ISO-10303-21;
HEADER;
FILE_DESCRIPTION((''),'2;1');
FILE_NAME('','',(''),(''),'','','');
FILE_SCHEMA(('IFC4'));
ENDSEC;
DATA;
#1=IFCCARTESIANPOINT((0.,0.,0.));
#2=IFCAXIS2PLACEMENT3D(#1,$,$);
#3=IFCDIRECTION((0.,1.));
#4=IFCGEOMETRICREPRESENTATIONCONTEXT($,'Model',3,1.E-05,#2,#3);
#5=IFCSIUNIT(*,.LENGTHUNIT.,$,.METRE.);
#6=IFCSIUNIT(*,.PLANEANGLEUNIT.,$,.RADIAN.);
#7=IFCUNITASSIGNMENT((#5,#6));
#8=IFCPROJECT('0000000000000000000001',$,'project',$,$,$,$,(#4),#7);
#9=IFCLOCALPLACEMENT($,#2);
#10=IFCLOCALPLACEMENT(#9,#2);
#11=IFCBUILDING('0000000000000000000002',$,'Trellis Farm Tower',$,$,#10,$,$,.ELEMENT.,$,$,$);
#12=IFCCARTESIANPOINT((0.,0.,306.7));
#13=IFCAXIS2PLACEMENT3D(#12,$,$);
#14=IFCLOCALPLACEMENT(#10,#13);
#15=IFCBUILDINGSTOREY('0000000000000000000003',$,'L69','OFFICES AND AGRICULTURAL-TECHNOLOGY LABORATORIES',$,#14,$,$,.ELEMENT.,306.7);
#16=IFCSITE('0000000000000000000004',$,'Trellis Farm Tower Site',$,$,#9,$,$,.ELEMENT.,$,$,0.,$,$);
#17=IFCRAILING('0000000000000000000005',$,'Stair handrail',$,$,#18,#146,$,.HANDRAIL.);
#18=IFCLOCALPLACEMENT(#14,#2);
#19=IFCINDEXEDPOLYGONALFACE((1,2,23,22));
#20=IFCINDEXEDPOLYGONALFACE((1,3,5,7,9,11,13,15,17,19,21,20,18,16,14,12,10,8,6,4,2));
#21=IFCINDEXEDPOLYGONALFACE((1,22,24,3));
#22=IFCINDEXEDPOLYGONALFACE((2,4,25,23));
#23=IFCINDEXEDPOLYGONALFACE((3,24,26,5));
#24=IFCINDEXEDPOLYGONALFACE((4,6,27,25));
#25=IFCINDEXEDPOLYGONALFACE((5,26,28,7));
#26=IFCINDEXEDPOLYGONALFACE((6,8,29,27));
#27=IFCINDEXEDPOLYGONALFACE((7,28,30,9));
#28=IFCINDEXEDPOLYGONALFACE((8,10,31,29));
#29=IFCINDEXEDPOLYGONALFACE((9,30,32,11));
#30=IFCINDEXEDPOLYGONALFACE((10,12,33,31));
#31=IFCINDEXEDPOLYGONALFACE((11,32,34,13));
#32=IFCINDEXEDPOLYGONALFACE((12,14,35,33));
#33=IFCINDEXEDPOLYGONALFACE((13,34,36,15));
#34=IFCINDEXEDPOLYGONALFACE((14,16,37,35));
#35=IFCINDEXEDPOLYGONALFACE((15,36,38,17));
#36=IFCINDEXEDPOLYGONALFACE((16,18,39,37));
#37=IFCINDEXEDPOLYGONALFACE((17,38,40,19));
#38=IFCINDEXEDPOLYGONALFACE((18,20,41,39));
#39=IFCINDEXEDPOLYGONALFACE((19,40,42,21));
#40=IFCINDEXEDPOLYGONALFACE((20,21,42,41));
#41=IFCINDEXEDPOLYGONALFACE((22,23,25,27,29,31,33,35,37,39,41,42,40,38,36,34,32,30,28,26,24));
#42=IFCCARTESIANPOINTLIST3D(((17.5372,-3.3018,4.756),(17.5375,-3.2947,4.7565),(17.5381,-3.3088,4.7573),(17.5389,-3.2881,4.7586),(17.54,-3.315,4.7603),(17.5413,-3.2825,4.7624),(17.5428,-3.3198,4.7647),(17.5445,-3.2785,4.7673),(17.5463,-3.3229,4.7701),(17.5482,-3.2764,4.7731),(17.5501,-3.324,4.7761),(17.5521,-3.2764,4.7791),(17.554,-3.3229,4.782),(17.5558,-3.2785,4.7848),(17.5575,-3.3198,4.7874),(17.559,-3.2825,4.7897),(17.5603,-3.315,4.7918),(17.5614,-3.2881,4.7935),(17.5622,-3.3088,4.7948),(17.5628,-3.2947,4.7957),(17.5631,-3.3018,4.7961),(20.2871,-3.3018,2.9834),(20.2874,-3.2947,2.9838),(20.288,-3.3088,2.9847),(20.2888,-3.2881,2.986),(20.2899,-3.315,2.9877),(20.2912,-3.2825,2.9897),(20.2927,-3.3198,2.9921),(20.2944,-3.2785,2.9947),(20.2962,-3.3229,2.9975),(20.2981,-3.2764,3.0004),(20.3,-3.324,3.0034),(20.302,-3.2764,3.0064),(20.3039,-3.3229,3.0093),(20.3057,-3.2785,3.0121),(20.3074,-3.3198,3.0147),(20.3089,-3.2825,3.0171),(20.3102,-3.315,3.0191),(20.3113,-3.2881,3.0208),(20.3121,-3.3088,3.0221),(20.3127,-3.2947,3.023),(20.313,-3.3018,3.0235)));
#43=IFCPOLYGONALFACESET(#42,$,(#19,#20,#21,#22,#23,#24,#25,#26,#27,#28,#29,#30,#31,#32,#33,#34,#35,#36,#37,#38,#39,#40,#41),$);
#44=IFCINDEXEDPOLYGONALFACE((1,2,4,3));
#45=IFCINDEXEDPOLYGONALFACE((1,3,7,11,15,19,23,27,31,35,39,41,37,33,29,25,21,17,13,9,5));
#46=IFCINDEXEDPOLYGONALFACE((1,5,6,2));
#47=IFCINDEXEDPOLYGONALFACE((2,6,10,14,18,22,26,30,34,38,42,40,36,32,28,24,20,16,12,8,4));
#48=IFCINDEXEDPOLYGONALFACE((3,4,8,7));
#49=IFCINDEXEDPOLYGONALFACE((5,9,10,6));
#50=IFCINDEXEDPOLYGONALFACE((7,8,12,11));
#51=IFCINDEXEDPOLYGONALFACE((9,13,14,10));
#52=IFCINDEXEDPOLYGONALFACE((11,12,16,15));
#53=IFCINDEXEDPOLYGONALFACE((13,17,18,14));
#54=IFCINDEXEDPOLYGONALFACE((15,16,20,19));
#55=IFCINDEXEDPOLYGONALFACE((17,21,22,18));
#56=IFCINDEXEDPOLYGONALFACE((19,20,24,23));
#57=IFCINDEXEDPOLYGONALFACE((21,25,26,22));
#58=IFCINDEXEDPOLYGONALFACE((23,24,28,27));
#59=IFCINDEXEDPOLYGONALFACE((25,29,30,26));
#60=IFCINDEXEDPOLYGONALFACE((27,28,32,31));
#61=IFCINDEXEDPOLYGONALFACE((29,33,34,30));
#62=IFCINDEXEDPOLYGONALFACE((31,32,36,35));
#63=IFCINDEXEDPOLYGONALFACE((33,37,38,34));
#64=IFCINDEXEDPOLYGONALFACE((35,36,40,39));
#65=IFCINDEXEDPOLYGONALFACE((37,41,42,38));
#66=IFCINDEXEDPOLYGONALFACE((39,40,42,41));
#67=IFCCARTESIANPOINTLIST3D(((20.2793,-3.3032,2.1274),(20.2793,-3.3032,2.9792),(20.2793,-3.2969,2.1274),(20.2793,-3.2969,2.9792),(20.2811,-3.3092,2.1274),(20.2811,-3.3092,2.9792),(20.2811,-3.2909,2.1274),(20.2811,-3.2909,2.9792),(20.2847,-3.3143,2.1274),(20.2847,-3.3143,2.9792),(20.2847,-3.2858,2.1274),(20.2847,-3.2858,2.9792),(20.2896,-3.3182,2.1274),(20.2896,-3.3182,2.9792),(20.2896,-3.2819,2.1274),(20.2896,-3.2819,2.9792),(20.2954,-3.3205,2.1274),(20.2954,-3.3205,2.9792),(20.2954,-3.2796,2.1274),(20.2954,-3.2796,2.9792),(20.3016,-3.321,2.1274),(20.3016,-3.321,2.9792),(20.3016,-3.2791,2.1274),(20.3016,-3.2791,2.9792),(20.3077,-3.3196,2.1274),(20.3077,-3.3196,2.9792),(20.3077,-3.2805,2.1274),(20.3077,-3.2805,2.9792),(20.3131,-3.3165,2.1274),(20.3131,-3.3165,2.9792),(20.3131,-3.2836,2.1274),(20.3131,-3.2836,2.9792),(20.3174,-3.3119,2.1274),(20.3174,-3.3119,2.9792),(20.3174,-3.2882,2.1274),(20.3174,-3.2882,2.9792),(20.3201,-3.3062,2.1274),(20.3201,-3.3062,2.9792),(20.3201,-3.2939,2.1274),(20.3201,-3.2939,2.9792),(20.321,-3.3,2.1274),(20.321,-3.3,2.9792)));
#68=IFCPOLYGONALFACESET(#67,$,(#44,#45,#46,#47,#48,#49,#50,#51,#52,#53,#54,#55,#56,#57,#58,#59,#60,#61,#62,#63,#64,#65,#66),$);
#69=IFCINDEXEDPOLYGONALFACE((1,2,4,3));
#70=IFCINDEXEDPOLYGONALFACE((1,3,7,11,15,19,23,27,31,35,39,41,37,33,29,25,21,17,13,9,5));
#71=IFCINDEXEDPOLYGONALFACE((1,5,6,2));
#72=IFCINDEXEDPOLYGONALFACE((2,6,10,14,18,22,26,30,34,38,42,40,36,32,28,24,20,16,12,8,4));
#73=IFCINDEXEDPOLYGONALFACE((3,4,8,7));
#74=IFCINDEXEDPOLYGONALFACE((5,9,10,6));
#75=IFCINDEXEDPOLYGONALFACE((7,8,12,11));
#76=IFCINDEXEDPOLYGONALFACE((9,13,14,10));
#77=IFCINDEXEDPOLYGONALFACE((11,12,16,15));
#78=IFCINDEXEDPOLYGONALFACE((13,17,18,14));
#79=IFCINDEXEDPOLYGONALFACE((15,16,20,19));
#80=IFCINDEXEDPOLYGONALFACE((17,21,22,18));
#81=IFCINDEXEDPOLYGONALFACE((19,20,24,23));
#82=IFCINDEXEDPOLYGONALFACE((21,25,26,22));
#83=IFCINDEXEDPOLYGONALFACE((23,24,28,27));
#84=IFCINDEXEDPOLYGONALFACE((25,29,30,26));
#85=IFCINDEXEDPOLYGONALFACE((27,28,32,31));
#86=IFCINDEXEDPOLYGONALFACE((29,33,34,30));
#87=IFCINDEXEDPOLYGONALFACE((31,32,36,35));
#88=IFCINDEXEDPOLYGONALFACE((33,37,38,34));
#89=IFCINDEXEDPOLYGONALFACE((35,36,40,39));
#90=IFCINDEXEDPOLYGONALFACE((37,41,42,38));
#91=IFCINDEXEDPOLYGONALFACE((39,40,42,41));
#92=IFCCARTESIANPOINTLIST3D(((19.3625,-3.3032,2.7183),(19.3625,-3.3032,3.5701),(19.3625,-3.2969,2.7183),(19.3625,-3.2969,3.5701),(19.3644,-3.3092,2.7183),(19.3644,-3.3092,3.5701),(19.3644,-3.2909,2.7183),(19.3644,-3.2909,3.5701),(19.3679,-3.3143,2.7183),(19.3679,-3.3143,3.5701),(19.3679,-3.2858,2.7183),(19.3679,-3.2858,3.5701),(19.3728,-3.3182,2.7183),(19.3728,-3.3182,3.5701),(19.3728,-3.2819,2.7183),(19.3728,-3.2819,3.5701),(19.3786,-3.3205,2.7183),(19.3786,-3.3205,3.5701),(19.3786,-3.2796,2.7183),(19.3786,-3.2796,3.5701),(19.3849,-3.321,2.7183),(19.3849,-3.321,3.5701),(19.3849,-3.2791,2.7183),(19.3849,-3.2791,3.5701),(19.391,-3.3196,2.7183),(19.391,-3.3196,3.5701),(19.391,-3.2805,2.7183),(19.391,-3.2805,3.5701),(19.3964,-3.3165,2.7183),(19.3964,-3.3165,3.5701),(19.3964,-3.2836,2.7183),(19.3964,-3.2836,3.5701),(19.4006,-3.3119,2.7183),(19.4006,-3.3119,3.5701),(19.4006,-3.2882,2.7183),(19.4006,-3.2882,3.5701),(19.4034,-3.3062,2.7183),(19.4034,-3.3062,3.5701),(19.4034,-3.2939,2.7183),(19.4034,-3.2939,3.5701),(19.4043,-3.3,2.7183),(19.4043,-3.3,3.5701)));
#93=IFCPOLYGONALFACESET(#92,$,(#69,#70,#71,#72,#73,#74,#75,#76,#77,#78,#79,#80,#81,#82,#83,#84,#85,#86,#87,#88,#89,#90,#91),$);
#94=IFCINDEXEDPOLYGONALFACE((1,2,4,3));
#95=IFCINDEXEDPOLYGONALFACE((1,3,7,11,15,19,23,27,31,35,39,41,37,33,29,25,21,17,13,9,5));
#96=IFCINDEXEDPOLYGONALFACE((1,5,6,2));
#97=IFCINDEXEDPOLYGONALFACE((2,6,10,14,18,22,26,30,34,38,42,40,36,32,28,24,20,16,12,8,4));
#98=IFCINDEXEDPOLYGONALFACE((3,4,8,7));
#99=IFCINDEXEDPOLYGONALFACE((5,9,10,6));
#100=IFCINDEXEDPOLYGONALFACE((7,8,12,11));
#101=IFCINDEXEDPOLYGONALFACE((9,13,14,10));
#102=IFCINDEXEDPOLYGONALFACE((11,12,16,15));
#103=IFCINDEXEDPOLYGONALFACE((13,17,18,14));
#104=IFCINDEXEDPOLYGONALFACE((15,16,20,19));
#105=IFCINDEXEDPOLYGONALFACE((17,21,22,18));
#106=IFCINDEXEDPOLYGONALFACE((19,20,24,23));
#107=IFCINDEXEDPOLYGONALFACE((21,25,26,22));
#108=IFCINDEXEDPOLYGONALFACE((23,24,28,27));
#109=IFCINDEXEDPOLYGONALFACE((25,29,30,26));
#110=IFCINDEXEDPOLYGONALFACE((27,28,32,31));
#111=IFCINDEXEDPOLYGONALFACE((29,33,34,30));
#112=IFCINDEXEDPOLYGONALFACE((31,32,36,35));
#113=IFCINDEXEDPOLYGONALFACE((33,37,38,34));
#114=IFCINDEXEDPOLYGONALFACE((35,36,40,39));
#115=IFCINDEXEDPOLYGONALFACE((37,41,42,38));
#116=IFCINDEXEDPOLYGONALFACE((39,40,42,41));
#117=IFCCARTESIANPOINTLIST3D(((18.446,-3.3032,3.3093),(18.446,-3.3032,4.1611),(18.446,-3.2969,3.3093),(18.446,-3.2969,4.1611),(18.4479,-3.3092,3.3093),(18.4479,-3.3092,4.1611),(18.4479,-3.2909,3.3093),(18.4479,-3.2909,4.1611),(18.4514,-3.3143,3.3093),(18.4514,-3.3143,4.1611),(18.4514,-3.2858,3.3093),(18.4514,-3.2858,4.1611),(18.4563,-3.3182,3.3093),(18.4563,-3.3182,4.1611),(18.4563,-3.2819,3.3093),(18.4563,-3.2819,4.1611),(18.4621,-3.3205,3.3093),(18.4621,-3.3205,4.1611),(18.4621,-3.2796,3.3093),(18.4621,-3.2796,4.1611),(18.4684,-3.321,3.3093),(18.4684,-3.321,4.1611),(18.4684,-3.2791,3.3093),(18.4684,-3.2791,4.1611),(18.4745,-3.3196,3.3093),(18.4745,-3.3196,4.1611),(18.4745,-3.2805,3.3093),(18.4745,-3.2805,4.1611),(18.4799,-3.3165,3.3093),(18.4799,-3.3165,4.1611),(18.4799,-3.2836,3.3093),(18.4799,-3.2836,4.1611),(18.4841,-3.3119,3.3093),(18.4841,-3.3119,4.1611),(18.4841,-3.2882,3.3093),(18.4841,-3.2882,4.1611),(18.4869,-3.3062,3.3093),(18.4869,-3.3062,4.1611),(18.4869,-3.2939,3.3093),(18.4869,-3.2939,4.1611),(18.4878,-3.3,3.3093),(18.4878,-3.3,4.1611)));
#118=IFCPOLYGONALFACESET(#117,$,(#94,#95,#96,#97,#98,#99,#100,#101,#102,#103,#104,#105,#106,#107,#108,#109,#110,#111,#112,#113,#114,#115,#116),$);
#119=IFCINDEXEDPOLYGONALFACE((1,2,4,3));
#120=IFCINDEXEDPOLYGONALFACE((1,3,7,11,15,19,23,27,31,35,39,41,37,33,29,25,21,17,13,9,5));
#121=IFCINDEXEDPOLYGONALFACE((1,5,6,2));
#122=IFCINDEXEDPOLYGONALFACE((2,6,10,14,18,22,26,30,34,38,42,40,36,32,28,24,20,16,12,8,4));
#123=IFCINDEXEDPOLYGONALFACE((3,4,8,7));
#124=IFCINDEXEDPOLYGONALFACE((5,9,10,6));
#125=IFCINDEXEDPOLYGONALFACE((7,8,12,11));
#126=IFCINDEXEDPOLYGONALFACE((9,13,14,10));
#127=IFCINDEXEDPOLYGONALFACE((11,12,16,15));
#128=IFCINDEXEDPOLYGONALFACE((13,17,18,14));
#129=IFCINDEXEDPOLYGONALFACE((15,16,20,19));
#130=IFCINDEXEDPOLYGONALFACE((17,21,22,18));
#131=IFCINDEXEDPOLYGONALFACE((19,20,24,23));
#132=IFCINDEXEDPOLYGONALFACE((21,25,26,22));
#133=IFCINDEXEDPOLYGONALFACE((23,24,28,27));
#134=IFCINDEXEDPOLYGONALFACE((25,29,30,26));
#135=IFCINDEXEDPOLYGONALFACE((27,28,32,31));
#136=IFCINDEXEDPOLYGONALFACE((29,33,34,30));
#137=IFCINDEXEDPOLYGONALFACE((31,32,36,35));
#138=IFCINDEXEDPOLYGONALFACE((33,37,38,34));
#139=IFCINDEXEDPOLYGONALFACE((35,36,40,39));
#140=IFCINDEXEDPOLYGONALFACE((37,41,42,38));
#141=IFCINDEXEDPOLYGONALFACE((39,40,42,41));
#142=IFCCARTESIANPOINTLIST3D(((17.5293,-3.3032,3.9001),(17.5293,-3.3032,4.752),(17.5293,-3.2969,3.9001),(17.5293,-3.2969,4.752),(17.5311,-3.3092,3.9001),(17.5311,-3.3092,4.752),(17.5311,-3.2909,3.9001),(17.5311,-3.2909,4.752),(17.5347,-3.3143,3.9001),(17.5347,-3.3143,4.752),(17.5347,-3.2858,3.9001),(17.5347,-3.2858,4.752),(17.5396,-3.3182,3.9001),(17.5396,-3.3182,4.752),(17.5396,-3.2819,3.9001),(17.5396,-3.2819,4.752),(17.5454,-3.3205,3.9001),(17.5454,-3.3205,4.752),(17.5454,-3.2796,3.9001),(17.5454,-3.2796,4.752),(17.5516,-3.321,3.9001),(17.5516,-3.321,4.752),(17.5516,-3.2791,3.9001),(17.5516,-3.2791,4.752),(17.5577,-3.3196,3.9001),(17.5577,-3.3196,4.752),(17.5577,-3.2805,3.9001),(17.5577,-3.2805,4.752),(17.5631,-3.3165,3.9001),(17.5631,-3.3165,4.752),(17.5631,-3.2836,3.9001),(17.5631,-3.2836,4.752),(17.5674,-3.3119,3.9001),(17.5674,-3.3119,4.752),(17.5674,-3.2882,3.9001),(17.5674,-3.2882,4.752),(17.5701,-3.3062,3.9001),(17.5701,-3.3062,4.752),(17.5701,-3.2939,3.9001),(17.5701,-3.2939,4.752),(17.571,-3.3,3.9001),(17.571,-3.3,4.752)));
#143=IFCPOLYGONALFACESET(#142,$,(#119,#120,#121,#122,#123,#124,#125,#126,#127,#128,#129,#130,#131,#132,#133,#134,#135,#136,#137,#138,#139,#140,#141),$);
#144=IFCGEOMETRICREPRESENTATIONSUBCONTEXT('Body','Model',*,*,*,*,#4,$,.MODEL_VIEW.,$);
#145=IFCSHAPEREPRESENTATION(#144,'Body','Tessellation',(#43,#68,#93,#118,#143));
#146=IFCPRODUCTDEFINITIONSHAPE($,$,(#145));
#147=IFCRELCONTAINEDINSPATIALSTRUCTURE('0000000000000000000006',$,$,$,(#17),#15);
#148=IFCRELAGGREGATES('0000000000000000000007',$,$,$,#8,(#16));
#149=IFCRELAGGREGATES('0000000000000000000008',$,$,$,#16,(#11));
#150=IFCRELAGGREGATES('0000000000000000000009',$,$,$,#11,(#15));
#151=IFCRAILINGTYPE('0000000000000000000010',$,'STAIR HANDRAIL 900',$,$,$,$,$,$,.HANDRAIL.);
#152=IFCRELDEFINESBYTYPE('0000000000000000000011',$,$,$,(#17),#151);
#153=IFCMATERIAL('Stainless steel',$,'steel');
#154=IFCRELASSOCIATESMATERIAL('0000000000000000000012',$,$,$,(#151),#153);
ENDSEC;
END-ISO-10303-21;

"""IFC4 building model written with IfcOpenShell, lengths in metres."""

from ifc_helpers import new_model, si_unit, direction, frame, origin, origin_2d, place, context, subcontext, project, spatial, circle, extrude, source, transform, mapped, material, type_object, element, save


model = new_model("IFC4")

# Units and contexts
model_context = context("Model", 3, precision=1e-05, world=origin(), true_north=direction((0.0, 1.0)))
body_context = subcontext(model_context, "Body", "Model", "MODEL_VIEW")
ifc_project = project(units=[si_unit("LENGTHUNIT", "METRE"), si_unit("PLANEANGLEUNIT", "RADIAN")], contexts=[model_context])

# Site, building, storey
site_placement = place(None, origin())
site = spatial("IfcSite", under=ifc_project, at=site_placement, Name="Trellis Farm Tower Site", CompositionType="ELEMENT", RefElevation=0.0)
building_placement = place(site_placement, origin())
building = spatial("IfcBuilding", under=site, at=building_placement, Name="Trellis Farm Tower", CompositionType="ELEMENT")
storey_placement = place(building_placement, frame((0.0, 0.0, 306.7)))
storey = spatial("IfcBuildingStorey", under=building, at=storey_placement, Name="L69", Description="OFFICES AND AGRICULTURAL-TECHNOLOGY LABORATORIES", CompositionType="ELEMENT", Elevation=306.7)

# Railing
ifc_material_1 = material(Name="Stainless steel", Category="steel")
railing_type = type_object("IfcRailingType", Name="STAIR HANDRAIL 900", PredefinedType="HANDRAIL", material=ifc_material_1)
shared_shape_1 = source(origin(), body_context, "Body", "SweptSolid", [
    extrude(circle(Radius=0.0239, at=origin_2d()), frame((0.0, 0.0, 0.876), z_axis=(-0.840504, 0.0, 0.541806), x_axis=(0.0, -1.0, 0.0)), (0.0, 0.0, 1.0), 3.2717),
    extrude(circle(Radius=0.021, at=origin_2d()), origin(), (0.0, 0.0, 1.0), 0.8518),
    extrude(circle(Radius=0.021, at=origin_2d()), frame((-0.9167, 0.0, 0.5908)), (0.0, 0.0, 1.0), 0.8518),
    extrude(circle(Radius=0.021, at=origin_2d()), frame((-1.8333, 0.0, 1.1819)), (0.0, 0.0, 1.0), 0.8518),
    extrude(circle(Radius=0.021, at=origin_2d()), frame((-2.75, 0.0, 1.7727)), (0.0, 0.0, 1.0), 0.8518),
])
for number, where, name in (
    (1, (20.3, -3.3, 2.1274), "Stair handrail"),
):
    element("IfcRailing", number, at=place(storey_placement, frame(where)), inside=storey, type_object=railing_type, Name=name, PredefinedType="HANDRAIL", context=body_context, shape_type="MappedRepresentation", body=[
        mapped(shared_shape_1, transform((0.0, 0.0, 0.0))),
    ])

save(model, "model.ifc")
